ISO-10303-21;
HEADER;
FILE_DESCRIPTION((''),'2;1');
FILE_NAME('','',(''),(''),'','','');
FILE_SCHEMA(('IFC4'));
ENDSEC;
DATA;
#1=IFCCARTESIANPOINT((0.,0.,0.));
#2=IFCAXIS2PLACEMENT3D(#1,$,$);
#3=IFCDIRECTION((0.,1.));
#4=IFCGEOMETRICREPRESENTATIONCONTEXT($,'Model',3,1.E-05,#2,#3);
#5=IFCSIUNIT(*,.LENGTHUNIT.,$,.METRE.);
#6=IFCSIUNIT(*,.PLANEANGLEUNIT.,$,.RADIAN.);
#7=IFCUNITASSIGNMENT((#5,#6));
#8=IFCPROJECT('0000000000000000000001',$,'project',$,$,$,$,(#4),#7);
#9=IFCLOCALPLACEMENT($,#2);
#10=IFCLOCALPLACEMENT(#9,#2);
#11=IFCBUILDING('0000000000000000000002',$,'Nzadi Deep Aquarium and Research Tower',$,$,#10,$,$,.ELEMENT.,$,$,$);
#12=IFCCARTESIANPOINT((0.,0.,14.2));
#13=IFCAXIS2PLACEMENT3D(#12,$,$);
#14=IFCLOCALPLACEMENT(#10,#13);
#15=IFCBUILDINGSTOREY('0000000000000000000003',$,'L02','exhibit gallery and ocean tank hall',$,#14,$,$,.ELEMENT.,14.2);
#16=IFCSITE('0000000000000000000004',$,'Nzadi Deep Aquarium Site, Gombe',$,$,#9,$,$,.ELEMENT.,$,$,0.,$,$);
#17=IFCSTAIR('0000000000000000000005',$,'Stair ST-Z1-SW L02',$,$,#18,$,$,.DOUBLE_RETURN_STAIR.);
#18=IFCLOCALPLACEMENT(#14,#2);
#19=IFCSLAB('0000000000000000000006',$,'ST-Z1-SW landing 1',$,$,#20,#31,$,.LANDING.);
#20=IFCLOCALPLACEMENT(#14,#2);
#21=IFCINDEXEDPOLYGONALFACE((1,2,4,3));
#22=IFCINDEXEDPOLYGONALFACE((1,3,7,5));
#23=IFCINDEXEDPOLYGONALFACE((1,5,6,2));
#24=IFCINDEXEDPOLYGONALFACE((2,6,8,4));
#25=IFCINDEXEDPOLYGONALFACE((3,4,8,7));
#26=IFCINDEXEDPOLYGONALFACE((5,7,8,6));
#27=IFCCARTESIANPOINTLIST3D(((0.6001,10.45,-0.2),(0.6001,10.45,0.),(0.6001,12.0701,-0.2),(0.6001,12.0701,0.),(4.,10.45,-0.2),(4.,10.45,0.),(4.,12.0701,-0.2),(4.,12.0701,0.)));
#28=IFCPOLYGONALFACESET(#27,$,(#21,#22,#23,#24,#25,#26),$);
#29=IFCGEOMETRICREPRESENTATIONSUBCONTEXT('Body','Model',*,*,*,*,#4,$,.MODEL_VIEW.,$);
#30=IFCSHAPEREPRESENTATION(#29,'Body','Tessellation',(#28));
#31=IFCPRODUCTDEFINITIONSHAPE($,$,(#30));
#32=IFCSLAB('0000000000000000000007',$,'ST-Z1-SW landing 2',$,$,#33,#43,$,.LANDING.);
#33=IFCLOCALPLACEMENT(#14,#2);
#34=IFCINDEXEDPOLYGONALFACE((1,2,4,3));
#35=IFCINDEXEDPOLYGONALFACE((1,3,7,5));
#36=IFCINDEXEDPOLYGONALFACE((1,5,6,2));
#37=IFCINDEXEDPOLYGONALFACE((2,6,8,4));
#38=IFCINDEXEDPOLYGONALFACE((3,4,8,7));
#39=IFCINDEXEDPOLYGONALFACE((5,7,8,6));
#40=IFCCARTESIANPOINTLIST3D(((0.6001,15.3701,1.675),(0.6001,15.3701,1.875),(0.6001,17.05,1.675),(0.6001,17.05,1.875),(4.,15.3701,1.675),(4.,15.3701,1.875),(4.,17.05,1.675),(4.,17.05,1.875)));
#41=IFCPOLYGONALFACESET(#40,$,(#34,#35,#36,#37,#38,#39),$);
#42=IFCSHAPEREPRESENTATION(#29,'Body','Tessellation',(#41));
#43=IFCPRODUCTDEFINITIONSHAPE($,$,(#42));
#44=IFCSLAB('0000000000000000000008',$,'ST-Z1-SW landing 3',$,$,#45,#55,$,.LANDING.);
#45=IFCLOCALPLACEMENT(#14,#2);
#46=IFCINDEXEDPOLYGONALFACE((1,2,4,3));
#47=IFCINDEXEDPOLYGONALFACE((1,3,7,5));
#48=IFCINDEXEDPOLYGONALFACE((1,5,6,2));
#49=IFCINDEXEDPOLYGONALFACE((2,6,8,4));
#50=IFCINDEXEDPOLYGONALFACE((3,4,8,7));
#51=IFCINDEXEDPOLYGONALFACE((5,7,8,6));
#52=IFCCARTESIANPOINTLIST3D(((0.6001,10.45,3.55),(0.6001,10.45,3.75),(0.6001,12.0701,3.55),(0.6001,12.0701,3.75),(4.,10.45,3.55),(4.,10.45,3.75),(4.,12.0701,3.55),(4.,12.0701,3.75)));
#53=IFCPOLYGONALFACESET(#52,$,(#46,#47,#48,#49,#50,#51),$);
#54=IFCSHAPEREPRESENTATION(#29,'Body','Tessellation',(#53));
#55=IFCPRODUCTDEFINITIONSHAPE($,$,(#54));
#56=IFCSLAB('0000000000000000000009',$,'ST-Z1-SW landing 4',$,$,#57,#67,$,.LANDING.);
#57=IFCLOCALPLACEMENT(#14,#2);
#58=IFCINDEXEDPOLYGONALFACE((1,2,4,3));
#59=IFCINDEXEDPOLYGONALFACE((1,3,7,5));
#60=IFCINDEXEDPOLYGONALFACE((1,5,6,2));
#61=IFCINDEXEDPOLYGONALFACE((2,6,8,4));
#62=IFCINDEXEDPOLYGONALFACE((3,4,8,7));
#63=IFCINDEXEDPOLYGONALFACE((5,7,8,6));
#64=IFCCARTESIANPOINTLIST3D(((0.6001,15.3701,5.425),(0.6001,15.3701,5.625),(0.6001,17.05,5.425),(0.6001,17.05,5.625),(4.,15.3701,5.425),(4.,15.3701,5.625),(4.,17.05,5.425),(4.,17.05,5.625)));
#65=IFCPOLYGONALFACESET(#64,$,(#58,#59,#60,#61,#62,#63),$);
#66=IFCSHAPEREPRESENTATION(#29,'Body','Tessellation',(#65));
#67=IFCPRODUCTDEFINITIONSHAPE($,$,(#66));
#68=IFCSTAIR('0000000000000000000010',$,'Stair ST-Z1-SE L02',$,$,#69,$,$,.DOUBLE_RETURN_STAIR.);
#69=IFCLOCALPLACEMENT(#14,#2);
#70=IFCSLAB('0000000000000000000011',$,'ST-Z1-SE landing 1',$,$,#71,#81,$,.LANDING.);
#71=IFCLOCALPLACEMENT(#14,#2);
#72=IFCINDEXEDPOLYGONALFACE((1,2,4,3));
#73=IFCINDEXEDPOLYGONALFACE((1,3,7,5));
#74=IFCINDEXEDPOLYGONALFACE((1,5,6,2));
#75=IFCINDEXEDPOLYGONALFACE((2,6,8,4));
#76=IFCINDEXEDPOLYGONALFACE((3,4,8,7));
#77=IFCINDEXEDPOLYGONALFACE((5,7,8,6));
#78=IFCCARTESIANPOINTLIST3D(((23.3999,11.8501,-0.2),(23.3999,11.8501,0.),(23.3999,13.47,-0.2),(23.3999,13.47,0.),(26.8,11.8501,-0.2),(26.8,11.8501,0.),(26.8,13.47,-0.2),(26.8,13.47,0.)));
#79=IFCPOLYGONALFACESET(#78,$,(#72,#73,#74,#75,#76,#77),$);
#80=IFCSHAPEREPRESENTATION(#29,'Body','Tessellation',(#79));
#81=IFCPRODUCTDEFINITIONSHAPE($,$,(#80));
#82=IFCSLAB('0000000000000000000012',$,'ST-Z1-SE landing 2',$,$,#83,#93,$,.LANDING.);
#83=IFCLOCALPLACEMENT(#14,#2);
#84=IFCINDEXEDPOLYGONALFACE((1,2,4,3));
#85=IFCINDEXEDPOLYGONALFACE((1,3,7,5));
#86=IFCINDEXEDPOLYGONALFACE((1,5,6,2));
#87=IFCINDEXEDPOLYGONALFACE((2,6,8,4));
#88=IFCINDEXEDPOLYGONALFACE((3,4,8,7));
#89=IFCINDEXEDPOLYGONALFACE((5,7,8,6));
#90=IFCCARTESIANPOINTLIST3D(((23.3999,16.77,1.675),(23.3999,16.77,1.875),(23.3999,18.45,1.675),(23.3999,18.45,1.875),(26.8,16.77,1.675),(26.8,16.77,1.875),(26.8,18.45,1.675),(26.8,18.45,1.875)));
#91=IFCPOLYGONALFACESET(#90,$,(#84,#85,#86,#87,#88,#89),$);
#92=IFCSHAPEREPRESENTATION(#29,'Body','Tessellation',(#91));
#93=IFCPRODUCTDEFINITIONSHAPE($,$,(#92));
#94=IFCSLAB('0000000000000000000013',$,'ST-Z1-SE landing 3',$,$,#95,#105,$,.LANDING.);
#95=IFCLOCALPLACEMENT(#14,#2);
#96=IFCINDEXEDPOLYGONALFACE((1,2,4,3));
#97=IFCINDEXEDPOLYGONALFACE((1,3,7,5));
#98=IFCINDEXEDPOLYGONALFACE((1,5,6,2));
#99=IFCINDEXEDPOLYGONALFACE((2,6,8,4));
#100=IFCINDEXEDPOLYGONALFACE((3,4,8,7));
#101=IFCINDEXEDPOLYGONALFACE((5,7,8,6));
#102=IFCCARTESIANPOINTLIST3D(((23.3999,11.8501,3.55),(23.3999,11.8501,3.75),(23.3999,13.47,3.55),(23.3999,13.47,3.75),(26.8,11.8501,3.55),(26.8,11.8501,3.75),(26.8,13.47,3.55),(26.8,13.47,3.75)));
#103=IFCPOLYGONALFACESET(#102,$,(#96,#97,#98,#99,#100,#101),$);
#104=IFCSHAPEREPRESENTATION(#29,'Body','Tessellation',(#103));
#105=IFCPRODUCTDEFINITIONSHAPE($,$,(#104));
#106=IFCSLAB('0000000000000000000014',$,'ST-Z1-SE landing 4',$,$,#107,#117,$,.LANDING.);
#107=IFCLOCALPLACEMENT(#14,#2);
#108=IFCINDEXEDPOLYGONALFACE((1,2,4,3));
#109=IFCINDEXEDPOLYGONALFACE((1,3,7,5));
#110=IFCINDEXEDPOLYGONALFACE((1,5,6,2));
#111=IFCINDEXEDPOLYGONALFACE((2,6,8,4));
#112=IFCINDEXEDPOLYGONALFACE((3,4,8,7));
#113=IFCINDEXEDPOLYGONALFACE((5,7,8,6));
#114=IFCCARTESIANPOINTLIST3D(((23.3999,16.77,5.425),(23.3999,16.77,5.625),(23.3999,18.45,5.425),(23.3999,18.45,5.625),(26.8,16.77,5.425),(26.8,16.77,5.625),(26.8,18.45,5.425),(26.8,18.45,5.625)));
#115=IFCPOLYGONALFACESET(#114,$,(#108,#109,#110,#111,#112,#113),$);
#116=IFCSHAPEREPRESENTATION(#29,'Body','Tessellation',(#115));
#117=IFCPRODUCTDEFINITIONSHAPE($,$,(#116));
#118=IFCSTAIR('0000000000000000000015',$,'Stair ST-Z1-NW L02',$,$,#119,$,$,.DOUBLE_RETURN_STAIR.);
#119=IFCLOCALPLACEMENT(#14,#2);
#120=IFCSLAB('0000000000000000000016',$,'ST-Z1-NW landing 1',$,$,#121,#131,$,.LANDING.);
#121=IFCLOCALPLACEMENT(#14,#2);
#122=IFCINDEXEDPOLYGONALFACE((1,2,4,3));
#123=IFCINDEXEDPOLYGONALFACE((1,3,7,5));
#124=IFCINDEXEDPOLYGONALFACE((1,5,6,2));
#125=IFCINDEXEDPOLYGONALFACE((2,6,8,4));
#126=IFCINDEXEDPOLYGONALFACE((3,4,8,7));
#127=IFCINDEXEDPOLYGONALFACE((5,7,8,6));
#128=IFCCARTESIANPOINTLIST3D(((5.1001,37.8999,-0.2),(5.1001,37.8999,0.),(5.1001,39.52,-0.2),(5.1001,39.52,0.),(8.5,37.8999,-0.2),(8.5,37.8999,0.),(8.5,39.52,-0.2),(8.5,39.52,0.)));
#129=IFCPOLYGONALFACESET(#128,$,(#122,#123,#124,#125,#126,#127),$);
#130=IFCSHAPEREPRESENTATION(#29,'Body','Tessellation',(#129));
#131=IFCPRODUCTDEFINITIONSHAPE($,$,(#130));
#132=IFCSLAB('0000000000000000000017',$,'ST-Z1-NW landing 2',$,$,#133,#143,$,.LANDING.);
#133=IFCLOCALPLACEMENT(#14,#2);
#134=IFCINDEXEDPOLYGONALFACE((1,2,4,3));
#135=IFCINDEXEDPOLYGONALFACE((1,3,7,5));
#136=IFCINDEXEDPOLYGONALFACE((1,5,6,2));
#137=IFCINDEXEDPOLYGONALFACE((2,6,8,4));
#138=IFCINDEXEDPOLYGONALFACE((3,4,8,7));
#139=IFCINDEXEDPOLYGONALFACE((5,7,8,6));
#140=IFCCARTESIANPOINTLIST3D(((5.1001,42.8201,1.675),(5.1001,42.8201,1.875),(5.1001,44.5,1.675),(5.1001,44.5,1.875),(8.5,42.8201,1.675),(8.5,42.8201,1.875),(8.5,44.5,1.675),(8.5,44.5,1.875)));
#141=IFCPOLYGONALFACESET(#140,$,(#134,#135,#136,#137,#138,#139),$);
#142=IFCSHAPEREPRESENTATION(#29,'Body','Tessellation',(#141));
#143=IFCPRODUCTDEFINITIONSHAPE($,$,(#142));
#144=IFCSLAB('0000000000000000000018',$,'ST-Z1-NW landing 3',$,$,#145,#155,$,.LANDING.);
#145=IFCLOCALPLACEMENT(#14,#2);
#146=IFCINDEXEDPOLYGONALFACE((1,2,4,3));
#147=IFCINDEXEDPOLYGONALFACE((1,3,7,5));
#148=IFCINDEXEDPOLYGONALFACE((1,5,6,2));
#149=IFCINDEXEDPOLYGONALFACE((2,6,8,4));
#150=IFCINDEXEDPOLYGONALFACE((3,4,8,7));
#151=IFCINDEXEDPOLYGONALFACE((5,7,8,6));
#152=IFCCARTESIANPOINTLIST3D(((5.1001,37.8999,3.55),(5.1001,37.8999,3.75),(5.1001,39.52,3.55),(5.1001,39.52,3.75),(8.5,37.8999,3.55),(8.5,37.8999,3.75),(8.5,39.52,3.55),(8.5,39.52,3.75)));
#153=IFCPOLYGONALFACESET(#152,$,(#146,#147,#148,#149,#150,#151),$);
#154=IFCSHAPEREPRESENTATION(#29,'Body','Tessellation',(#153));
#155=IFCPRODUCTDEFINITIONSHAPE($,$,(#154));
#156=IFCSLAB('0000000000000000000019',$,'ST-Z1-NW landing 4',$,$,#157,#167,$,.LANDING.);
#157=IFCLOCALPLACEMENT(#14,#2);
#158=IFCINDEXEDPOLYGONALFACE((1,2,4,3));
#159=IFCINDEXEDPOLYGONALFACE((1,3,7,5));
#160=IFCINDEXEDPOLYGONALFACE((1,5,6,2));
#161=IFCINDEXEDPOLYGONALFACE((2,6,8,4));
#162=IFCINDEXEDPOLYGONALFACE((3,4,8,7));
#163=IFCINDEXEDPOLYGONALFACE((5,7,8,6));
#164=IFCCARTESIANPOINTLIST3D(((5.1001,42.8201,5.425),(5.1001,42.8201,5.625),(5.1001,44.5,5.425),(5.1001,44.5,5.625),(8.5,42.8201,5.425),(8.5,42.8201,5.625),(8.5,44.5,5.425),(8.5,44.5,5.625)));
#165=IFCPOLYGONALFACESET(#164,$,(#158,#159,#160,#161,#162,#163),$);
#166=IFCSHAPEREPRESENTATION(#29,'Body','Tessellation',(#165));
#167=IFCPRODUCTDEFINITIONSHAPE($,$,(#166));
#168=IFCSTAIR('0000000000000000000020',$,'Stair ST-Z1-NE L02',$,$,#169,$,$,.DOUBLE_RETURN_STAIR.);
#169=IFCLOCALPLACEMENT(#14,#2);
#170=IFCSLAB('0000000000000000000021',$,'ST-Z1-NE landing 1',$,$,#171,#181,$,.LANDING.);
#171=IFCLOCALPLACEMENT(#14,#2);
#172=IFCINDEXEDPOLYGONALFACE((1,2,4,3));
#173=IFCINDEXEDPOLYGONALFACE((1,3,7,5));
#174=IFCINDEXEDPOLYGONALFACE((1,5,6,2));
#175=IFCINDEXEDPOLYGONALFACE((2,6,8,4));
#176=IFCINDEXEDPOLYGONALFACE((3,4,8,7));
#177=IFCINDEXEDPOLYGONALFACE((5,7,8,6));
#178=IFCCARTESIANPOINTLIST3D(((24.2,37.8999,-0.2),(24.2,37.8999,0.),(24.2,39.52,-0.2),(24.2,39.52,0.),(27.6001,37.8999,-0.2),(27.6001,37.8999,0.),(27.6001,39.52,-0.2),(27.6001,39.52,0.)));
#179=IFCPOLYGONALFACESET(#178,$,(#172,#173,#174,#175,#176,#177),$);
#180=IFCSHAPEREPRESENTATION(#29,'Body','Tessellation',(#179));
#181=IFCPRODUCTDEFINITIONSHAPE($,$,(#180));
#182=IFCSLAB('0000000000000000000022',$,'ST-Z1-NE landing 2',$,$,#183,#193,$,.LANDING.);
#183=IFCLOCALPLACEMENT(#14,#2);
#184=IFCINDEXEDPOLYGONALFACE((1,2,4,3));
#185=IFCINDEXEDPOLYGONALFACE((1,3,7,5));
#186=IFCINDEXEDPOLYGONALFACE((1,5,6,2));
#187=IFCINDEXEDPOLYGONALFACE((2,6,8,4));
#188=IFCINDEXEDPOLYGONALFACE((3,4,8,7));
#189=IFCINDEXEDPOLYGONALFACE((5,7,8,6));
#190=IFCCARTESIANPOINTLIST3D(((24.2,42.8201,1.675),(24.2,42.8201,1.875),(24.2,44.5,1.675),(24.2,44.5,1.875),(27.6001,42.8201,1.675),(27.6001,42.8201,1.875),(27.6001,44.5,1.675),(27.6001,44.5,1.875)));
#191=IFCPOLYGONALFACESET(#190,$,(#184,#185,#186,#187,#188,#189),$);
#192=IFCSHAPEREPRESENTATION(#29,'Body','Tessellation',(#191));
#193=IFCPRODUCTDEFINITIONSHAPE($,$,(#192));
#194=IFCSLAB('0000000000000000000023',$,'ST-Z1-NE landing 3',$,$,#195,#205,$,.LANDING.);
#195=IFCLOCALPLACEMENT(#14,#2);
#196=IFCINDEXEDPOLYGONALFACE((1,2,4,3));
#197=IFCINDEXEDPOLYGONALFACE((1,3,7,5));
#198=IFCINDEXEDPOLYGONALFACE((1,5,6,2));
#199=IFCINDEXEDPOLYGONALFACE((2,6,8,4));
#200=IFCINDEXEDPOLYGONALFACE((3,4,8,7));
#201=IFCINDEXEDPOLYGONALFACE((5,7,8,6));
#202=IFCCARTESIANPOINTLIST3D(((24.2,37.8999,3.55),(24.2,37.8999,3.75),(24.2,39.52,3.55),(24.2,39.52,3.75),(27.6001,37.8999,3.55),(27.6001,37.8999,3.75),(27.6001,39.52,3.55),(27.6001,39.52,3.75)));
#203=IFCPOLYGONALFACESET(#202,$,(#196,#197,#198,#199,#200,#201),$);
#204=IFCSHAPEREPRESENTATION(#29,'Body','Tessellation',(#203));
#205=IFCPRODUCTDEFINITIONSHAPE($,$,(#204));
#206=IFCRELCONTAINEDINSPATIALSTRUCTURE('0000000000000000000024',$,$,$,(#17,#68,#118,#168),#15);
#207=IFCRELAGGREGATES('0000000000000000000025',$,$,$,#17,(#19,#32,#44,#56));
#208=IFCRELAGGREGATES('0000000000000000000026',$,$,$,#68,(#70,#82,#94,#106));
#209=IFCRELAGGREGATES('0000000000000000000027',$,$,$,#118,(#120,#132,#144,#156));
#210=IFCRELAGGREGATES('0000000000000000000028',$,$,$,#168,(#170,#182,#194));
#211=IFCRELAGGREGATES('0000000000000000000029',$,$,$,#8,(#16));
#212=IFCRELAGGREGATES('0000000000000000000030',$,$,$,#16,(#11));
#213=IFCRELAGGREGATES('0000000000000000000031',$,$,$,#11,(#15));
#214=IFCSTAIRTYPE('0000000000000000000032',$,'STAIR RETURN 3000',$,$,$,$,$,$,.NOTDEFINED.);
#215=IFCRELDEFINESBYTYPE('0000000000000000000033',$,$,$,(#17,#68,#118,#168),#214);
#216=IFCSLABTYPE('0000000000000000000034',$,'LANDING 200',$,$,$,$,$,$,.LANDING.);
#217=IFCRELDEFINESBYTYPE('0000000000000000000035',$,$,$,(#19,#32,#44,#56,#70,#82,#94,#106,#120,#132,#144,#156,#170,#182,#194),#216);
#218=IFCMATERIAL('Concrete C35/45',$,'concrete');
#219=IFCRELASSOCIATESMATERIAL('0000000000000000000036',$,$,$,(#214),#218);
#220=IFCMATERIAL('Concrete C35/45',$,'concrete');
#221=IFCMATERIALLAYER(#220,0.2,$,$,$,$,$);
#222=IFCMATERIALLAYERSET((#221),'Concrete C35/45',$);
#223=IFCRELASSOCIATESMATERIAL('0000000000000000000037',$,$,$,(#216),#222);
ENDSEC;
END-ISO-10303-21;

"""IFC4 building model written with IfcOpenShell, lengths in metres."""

from ifc_helpers import new_model, si_unit, direction, frame, origin, place, context, subcontext, project, spatial, polyline, outline, extrude, material, layer, layer_set, type_object, element, aggregate, save


model = new_model("IFC4")

# Units and contexts
model_context = context("Model", 3, precision=1e-05, world=origin(), true_north=direction((0.0, 1.0)))
body_context = subcontext(model_context, "Body", "Model", "MODEL_VIEW")
ifc_project = project(units=[si_unit("LENGTHUNIT", "METRE"), si_unit("PLANEANGLEUNIT", "RADIAN")], contexts=[model_context])

# Site, building, storey
site_placement = place(None, origin())
site = spatial("IfcSite", under=ifc_project, at=site_placement, Name="Nzadi Deep Aquarium Site, Gombe", CompositionType="ELEMENT", RefElevation=0.0)
building_placement = place(site_placement, origin())
building = spatial("IfcBuilding", under=site, at=building_placement, Name="Nzadi Deep Aquarium and Research Tower", CompositionType="ELEMENT")
storey_placement = place(building_placement, frame((0.0, 0.0, 14.2)))
storey = spatial("IfcBuildingStorey", under=building, at=storey_placement, Name="L02", Description="exhibit gallery and ocean tank hall", CompositionType="ELEMENT", Elevation=14.2)

# Stairs, slabs
ifc_material_1 = material(Name="Concrete C35/45", Category="concrete")
stair_type = type_object("IfcStairType", Name="STAIR RETURN 3000", PredefinedType="NOTDEFINED", material=ifc_material_1)
stair_1_placement = place(storey_placement, origin())
stair_1 = element("IfcStair", 1, at=stair_1_placement, inside=storey, type_object=stair_type, Name="Stair ST-Z1-SW L02", PredefinedType="DOUBLE_RETURN_STAIR")
ifc_material_2 = material(Name="Concrete C35/45", Category="concrete")
ifc_layer_1 = layer(ifc_material_2, 0.2)
ifc_layer_set_1 = layer_set([ifc_layer_1], Name="Concrete C35/45")
slab_type_1 = type_object("IfcSlabType", Name="LANDING 200", PredefinedType="LANDING", material=ifc_layer_set_1)
slab_1_placement = place(storey_placement, frame((0.0, 0.0, -0.2)))
slab_1 = element("IfcSlab", 2, at=slab_1_placement, type_object=slab_type_1, Name="ST-Z1-SW landing 1", PredefinedType="LANDING", context=body_context, shape_type="SweptSolid", body=[
    extrude(outline(polyline([(0.6001, 10.45), (4.0, 10.45), (4.0, 12.0701), (0.6001, 12.0701), (0.6001, 10.45)])), origin(), (0.0, 0.0, 1.0), 0.2),
])
slab_2_placement = place(storey_placement, frame((0.0, 0.0, 1.675)))
slab_2 = element("IfcSlab", 3, at=slab_2_placement, type_object=slab_type_1, Name="ST-Z1-SW landing 2", PredefinedType="LANDING", context=body_context, shape_type="SweptSolid", body=[
    extrude(outline(polyline([(0.6001, 15.3701), (4.0, 15.3701), (4.0, 17.05), (0.6001, 17.05), (0.6001, 15.3701)])), origin(), (0.0, 0.0, 1.0), 0.2),
])
slab_3_placement = place(storey_placement, frame((0.0, 0.0, 3.55)))
slab_3 = element("IfcSlab", 4, at=slab_3_placement, type_object=slab_type_1, Name="ST-Z1-SW landing 3", PredefinedType="LANDING", context=body_context, shape_type="SweptSolid", body=[
    extrude(outline(polyline([(0.6001, 10.45), (4.0, 10.45), (4.0, 12.0701), (0.6001, 12.0701), (0.6001, 10.45)])), origin(), (0.0, 0.0, 1.0), 0.2),
])
slab_4_placement = place(storey_placement, frame((0.0, 0.0, 5.425)))
slab_4 = element("IfcSlab", 5, at=slab_4_placement, type_object=slab_type_1, Name="ST-Z1-SW landing 4", PredefinedType="LANDING", context=body_context, shape_type="SweptSolid", body=[
    extrude(outline(polyline([(0.6001, 15.3701), (4.0, 15.3701), (4.0, 17.05), (0.6001, 17.05), (0.6001, 15.3701)])), origin(), (0.0, 0.0, 1.0), 0.2),
])
aggregate(stair_1, [slab_1, slab_2, slab_3, slab_4])
stair_2_placement = place(storey_placement, origin())
stair_2 = element("IfcStair", 6, at=stair_2_placement, inside=storey, type_object=stair_type, Name="Stair ST-Z1-SE L02", PredefinedType="DOUBLE_RETURN_STAIR")
slab_5_placement = place(storey_placement, frame((0.0, 0.0, -0.2)))
slab_5 = element("IfcSlab", 7, at=slab_5_placement, type_object=slab_type_1, Name="ST-Z1-SE landing 1", PredefinedType="LANDING", context=body_context, shape_type="SweptSolid", body=[
    extrude(outline(polyline([(23.3999, 11.8501), (26.8, 11.8501), (26.8, 13.47), (23.3999, 13.47), (23.3999, 11.8501)])), origin(), (0.0, 0.0, 1.0), 0.2),
])
slab_6_placement = place(storey_placement, frame((0.0, 0.0, 1.675)))
slab_6 = element("IfcSlab", 8, at=slab_6_placement, type_object=slab_type_1, Name="ST-Z1-SE landing 2", PredefinedType="LANDING", context=body_context, shape_type="SweptSolid", body=[
    extrude(outline(polyline([(23.3999, 16.77), (26.8, 16.77), (26.8, 18.45), (23.3999, 18.45), (23.3999, 16.77)])), origin(), (0.0, 0.0, 1.0), 0.2),
])
slab_7_placement = place(storey_placement, frame((0.0, 0.0, 3.55)))
slab_7 = element("IfcSlab", 9, at=slab_7_placement, type_object=slab_type_1, Name="ST-Z1-SE landing 3", PredefinedType="LANDING", context=body_context, shape_type="SweptSolid", body=[
    extrude(outline(polyline([(23.3999, 11.8501), (26.8, 11.8501), (26.8, 13.47), (23.3999, 13.47), (23.3999, 11.8501)])), origin(), (0.0, 0.0, 1.0), 0.2),
])
slab_8_placement = place(storey_placement, frame((0.0, 0.0, 5.425)))
slab_8 = element("IfcSlab", 10, at=slab_8_placement, type_object=slab_type_1, Name="ST-Z1-SE landing 4", PredefinedType="LANDING", context=body_context, shape_type="SweptSolid", body=[
    extrude(outline(polyline([(23.3999, 16.77), (26.8, 16.77), (26.8, 18.45), (23.3999, 18.45), (23.3999, 16.77)])), origin(), (0.0, 0.0, 1.0), 0.2),
])
aggregate(stair_2, [slab_5, slab_6, slab_7, slab_8])
stair_3_placement = place(storey_placement, origin())
stair_3 = element("IfcStair", 11, at=stair_3_placement, inside=storey, type_object=stair_type, Name="Stair ST-Z1-NW L02", PredefinedType="DOUBLE_RETURN_STAIR")
slab_9_placement = place(storey_placement, frame((0.0, 0.0, -0.2)))
slab_9 = element("IfcSlab", 12, at=slab_9_placement, type_object=slab_type_1, Name="ST-Z1-NW landing 1", PredefinedType="LANDING", context=body_context, shape_type="SweptSolid", body=[
    extrude(outline(polyline([(5.1001, 37.8999), (8.5, 37.8999), (8.5, 39.52), (5.1001, 39.52), (5.1001, 37.8999)])), origin(), (0.0, 0.0, 1.0), 0.2),
])
slab_10_placement = place(storey_placement, frame((0.0, 0.0, 1.675)))
slab_10 = element("IfcSlab", 13, at=slab_10_placement, type_object=slab_type_1, Name="ST-Z1-NW landing 2", PredefinedType="LANDING", context=body_context, shape_type="SweptSolid", body=[
    extrude(outline(polyline([(5.1001, 42.8201), (8.5, 42.8201), (8.5, 44.5), (5.1001, 44.5), (5.1001, 42.8201)])), origin(), (0.0, 0.0, 1.0), 0.2),
])
slab_11_placement = place(storey_placement, frame((0.0, 0.0, 3.55)))
slab_11 = element("IfcSlab", 14, at=slab_11_placement, type_object=slab_type_1, Name="ST-Z1-NW landing 3", PredefinedType="LANDING", context=body_context, shape_type="SweptSolid", body=[
    extrude(outline(polyline([(5.1001, 37.8999), (8.5, 37.8999), (8.5, 39.52), (5.1001, 39.52), (5.1001, 37.8999)])), origin(), (0.0, 0.0, 1.0), 0.2),
])
slab_12_placement = place(storey_placement, frame((0.0, 0.0, 5.425)))
slab_12 = element("IfcSlab", 15, at=slab_12_placement, type_object=slab_type_1, Name="ST-Z1-NW landing 4", PredefinedType="LANDING", context=body_context, shape_type="SweptSolid", body=[
    extrude(outline(polyline([(5.1001, 42.8201), (8.5, 42.8201), (8.5, 44.5), (5.1001, 44.5), (5.1001, 42.8201)])), origin(), (0.0, 0.0, 1.0), 0.2),
])
aggregate(stair_3, [slab_9, slab_10, slab_11, slab_12])
stair_4_placement = place(storey_placement, origin())
stair_4 = element("IfcStair", 16, at=stair_4_placement, inside=storey, type_object=stair_type, Name="Stair ST-Z1-NE L02", PredefinedType="DOUBLE_RETURN_STAIR")
slab_13_placement = place(storey_placement, frame((0.0, 0.0, -0.2)))
slab_13 = element("IfcSlab", 17, at=slab_13_placement, type_object=slab_type_1, Name="ST-Z1-NE landing 1", PredefinedType="LANDING", context=body_context, shape_type="SweptSolid", body=[
    extrude(outline(polyline([(24.2, 37.8999), (27.6001, 37.8999), (27.6001, 39.52), (24.2, 39.52), (24.2, 37.8999)])), origin(), (0.0, 0.0, 1.0), 0.2),
])
slab_14_placement = place(storey_placement, frame((0.0, 0.0, 1.675)))
slab_14 = element("IfcSlab", 18, at=slab_14_placement, type_object=slab_type_1, Name="ST-Z1-NE landing 2", PredefinedType="LANDING", context=body_context, shape_type="SweptSolid", body=[
    extrude(outline(polyline([(24.2, 42.8201), (27.6001, 42.8201), (27.6001, 44.5), (24.2, 44.5), (24.2, 42.8201)])), origin(), (0.0, 0.0, 1.0), 0.2),
])
slab_15_placement = place(storey_placement, frame((0.0, 0.0, 3.55)))
slab_15 = element("IfcSlab", 19, at=slab_15_placement, type_object=slab_type_1, Name="ST-Z1-NE landing 3", PredefinedType="LANDING", context=body_context, shape_type="SweptSolid", body=[
    extrude(outline(polyline([(24.2, 37.8999), (27.6001, 37.8999), (27.6001, 39.52), (24.2, 39.52), (24.2, 37.8999)])), origin(), (0.0, 0.0, 1.0), 0.2),
])
aggregate(stair_4, [slab_13, slab_14, slab_15])

save(model, "model.ifc")
